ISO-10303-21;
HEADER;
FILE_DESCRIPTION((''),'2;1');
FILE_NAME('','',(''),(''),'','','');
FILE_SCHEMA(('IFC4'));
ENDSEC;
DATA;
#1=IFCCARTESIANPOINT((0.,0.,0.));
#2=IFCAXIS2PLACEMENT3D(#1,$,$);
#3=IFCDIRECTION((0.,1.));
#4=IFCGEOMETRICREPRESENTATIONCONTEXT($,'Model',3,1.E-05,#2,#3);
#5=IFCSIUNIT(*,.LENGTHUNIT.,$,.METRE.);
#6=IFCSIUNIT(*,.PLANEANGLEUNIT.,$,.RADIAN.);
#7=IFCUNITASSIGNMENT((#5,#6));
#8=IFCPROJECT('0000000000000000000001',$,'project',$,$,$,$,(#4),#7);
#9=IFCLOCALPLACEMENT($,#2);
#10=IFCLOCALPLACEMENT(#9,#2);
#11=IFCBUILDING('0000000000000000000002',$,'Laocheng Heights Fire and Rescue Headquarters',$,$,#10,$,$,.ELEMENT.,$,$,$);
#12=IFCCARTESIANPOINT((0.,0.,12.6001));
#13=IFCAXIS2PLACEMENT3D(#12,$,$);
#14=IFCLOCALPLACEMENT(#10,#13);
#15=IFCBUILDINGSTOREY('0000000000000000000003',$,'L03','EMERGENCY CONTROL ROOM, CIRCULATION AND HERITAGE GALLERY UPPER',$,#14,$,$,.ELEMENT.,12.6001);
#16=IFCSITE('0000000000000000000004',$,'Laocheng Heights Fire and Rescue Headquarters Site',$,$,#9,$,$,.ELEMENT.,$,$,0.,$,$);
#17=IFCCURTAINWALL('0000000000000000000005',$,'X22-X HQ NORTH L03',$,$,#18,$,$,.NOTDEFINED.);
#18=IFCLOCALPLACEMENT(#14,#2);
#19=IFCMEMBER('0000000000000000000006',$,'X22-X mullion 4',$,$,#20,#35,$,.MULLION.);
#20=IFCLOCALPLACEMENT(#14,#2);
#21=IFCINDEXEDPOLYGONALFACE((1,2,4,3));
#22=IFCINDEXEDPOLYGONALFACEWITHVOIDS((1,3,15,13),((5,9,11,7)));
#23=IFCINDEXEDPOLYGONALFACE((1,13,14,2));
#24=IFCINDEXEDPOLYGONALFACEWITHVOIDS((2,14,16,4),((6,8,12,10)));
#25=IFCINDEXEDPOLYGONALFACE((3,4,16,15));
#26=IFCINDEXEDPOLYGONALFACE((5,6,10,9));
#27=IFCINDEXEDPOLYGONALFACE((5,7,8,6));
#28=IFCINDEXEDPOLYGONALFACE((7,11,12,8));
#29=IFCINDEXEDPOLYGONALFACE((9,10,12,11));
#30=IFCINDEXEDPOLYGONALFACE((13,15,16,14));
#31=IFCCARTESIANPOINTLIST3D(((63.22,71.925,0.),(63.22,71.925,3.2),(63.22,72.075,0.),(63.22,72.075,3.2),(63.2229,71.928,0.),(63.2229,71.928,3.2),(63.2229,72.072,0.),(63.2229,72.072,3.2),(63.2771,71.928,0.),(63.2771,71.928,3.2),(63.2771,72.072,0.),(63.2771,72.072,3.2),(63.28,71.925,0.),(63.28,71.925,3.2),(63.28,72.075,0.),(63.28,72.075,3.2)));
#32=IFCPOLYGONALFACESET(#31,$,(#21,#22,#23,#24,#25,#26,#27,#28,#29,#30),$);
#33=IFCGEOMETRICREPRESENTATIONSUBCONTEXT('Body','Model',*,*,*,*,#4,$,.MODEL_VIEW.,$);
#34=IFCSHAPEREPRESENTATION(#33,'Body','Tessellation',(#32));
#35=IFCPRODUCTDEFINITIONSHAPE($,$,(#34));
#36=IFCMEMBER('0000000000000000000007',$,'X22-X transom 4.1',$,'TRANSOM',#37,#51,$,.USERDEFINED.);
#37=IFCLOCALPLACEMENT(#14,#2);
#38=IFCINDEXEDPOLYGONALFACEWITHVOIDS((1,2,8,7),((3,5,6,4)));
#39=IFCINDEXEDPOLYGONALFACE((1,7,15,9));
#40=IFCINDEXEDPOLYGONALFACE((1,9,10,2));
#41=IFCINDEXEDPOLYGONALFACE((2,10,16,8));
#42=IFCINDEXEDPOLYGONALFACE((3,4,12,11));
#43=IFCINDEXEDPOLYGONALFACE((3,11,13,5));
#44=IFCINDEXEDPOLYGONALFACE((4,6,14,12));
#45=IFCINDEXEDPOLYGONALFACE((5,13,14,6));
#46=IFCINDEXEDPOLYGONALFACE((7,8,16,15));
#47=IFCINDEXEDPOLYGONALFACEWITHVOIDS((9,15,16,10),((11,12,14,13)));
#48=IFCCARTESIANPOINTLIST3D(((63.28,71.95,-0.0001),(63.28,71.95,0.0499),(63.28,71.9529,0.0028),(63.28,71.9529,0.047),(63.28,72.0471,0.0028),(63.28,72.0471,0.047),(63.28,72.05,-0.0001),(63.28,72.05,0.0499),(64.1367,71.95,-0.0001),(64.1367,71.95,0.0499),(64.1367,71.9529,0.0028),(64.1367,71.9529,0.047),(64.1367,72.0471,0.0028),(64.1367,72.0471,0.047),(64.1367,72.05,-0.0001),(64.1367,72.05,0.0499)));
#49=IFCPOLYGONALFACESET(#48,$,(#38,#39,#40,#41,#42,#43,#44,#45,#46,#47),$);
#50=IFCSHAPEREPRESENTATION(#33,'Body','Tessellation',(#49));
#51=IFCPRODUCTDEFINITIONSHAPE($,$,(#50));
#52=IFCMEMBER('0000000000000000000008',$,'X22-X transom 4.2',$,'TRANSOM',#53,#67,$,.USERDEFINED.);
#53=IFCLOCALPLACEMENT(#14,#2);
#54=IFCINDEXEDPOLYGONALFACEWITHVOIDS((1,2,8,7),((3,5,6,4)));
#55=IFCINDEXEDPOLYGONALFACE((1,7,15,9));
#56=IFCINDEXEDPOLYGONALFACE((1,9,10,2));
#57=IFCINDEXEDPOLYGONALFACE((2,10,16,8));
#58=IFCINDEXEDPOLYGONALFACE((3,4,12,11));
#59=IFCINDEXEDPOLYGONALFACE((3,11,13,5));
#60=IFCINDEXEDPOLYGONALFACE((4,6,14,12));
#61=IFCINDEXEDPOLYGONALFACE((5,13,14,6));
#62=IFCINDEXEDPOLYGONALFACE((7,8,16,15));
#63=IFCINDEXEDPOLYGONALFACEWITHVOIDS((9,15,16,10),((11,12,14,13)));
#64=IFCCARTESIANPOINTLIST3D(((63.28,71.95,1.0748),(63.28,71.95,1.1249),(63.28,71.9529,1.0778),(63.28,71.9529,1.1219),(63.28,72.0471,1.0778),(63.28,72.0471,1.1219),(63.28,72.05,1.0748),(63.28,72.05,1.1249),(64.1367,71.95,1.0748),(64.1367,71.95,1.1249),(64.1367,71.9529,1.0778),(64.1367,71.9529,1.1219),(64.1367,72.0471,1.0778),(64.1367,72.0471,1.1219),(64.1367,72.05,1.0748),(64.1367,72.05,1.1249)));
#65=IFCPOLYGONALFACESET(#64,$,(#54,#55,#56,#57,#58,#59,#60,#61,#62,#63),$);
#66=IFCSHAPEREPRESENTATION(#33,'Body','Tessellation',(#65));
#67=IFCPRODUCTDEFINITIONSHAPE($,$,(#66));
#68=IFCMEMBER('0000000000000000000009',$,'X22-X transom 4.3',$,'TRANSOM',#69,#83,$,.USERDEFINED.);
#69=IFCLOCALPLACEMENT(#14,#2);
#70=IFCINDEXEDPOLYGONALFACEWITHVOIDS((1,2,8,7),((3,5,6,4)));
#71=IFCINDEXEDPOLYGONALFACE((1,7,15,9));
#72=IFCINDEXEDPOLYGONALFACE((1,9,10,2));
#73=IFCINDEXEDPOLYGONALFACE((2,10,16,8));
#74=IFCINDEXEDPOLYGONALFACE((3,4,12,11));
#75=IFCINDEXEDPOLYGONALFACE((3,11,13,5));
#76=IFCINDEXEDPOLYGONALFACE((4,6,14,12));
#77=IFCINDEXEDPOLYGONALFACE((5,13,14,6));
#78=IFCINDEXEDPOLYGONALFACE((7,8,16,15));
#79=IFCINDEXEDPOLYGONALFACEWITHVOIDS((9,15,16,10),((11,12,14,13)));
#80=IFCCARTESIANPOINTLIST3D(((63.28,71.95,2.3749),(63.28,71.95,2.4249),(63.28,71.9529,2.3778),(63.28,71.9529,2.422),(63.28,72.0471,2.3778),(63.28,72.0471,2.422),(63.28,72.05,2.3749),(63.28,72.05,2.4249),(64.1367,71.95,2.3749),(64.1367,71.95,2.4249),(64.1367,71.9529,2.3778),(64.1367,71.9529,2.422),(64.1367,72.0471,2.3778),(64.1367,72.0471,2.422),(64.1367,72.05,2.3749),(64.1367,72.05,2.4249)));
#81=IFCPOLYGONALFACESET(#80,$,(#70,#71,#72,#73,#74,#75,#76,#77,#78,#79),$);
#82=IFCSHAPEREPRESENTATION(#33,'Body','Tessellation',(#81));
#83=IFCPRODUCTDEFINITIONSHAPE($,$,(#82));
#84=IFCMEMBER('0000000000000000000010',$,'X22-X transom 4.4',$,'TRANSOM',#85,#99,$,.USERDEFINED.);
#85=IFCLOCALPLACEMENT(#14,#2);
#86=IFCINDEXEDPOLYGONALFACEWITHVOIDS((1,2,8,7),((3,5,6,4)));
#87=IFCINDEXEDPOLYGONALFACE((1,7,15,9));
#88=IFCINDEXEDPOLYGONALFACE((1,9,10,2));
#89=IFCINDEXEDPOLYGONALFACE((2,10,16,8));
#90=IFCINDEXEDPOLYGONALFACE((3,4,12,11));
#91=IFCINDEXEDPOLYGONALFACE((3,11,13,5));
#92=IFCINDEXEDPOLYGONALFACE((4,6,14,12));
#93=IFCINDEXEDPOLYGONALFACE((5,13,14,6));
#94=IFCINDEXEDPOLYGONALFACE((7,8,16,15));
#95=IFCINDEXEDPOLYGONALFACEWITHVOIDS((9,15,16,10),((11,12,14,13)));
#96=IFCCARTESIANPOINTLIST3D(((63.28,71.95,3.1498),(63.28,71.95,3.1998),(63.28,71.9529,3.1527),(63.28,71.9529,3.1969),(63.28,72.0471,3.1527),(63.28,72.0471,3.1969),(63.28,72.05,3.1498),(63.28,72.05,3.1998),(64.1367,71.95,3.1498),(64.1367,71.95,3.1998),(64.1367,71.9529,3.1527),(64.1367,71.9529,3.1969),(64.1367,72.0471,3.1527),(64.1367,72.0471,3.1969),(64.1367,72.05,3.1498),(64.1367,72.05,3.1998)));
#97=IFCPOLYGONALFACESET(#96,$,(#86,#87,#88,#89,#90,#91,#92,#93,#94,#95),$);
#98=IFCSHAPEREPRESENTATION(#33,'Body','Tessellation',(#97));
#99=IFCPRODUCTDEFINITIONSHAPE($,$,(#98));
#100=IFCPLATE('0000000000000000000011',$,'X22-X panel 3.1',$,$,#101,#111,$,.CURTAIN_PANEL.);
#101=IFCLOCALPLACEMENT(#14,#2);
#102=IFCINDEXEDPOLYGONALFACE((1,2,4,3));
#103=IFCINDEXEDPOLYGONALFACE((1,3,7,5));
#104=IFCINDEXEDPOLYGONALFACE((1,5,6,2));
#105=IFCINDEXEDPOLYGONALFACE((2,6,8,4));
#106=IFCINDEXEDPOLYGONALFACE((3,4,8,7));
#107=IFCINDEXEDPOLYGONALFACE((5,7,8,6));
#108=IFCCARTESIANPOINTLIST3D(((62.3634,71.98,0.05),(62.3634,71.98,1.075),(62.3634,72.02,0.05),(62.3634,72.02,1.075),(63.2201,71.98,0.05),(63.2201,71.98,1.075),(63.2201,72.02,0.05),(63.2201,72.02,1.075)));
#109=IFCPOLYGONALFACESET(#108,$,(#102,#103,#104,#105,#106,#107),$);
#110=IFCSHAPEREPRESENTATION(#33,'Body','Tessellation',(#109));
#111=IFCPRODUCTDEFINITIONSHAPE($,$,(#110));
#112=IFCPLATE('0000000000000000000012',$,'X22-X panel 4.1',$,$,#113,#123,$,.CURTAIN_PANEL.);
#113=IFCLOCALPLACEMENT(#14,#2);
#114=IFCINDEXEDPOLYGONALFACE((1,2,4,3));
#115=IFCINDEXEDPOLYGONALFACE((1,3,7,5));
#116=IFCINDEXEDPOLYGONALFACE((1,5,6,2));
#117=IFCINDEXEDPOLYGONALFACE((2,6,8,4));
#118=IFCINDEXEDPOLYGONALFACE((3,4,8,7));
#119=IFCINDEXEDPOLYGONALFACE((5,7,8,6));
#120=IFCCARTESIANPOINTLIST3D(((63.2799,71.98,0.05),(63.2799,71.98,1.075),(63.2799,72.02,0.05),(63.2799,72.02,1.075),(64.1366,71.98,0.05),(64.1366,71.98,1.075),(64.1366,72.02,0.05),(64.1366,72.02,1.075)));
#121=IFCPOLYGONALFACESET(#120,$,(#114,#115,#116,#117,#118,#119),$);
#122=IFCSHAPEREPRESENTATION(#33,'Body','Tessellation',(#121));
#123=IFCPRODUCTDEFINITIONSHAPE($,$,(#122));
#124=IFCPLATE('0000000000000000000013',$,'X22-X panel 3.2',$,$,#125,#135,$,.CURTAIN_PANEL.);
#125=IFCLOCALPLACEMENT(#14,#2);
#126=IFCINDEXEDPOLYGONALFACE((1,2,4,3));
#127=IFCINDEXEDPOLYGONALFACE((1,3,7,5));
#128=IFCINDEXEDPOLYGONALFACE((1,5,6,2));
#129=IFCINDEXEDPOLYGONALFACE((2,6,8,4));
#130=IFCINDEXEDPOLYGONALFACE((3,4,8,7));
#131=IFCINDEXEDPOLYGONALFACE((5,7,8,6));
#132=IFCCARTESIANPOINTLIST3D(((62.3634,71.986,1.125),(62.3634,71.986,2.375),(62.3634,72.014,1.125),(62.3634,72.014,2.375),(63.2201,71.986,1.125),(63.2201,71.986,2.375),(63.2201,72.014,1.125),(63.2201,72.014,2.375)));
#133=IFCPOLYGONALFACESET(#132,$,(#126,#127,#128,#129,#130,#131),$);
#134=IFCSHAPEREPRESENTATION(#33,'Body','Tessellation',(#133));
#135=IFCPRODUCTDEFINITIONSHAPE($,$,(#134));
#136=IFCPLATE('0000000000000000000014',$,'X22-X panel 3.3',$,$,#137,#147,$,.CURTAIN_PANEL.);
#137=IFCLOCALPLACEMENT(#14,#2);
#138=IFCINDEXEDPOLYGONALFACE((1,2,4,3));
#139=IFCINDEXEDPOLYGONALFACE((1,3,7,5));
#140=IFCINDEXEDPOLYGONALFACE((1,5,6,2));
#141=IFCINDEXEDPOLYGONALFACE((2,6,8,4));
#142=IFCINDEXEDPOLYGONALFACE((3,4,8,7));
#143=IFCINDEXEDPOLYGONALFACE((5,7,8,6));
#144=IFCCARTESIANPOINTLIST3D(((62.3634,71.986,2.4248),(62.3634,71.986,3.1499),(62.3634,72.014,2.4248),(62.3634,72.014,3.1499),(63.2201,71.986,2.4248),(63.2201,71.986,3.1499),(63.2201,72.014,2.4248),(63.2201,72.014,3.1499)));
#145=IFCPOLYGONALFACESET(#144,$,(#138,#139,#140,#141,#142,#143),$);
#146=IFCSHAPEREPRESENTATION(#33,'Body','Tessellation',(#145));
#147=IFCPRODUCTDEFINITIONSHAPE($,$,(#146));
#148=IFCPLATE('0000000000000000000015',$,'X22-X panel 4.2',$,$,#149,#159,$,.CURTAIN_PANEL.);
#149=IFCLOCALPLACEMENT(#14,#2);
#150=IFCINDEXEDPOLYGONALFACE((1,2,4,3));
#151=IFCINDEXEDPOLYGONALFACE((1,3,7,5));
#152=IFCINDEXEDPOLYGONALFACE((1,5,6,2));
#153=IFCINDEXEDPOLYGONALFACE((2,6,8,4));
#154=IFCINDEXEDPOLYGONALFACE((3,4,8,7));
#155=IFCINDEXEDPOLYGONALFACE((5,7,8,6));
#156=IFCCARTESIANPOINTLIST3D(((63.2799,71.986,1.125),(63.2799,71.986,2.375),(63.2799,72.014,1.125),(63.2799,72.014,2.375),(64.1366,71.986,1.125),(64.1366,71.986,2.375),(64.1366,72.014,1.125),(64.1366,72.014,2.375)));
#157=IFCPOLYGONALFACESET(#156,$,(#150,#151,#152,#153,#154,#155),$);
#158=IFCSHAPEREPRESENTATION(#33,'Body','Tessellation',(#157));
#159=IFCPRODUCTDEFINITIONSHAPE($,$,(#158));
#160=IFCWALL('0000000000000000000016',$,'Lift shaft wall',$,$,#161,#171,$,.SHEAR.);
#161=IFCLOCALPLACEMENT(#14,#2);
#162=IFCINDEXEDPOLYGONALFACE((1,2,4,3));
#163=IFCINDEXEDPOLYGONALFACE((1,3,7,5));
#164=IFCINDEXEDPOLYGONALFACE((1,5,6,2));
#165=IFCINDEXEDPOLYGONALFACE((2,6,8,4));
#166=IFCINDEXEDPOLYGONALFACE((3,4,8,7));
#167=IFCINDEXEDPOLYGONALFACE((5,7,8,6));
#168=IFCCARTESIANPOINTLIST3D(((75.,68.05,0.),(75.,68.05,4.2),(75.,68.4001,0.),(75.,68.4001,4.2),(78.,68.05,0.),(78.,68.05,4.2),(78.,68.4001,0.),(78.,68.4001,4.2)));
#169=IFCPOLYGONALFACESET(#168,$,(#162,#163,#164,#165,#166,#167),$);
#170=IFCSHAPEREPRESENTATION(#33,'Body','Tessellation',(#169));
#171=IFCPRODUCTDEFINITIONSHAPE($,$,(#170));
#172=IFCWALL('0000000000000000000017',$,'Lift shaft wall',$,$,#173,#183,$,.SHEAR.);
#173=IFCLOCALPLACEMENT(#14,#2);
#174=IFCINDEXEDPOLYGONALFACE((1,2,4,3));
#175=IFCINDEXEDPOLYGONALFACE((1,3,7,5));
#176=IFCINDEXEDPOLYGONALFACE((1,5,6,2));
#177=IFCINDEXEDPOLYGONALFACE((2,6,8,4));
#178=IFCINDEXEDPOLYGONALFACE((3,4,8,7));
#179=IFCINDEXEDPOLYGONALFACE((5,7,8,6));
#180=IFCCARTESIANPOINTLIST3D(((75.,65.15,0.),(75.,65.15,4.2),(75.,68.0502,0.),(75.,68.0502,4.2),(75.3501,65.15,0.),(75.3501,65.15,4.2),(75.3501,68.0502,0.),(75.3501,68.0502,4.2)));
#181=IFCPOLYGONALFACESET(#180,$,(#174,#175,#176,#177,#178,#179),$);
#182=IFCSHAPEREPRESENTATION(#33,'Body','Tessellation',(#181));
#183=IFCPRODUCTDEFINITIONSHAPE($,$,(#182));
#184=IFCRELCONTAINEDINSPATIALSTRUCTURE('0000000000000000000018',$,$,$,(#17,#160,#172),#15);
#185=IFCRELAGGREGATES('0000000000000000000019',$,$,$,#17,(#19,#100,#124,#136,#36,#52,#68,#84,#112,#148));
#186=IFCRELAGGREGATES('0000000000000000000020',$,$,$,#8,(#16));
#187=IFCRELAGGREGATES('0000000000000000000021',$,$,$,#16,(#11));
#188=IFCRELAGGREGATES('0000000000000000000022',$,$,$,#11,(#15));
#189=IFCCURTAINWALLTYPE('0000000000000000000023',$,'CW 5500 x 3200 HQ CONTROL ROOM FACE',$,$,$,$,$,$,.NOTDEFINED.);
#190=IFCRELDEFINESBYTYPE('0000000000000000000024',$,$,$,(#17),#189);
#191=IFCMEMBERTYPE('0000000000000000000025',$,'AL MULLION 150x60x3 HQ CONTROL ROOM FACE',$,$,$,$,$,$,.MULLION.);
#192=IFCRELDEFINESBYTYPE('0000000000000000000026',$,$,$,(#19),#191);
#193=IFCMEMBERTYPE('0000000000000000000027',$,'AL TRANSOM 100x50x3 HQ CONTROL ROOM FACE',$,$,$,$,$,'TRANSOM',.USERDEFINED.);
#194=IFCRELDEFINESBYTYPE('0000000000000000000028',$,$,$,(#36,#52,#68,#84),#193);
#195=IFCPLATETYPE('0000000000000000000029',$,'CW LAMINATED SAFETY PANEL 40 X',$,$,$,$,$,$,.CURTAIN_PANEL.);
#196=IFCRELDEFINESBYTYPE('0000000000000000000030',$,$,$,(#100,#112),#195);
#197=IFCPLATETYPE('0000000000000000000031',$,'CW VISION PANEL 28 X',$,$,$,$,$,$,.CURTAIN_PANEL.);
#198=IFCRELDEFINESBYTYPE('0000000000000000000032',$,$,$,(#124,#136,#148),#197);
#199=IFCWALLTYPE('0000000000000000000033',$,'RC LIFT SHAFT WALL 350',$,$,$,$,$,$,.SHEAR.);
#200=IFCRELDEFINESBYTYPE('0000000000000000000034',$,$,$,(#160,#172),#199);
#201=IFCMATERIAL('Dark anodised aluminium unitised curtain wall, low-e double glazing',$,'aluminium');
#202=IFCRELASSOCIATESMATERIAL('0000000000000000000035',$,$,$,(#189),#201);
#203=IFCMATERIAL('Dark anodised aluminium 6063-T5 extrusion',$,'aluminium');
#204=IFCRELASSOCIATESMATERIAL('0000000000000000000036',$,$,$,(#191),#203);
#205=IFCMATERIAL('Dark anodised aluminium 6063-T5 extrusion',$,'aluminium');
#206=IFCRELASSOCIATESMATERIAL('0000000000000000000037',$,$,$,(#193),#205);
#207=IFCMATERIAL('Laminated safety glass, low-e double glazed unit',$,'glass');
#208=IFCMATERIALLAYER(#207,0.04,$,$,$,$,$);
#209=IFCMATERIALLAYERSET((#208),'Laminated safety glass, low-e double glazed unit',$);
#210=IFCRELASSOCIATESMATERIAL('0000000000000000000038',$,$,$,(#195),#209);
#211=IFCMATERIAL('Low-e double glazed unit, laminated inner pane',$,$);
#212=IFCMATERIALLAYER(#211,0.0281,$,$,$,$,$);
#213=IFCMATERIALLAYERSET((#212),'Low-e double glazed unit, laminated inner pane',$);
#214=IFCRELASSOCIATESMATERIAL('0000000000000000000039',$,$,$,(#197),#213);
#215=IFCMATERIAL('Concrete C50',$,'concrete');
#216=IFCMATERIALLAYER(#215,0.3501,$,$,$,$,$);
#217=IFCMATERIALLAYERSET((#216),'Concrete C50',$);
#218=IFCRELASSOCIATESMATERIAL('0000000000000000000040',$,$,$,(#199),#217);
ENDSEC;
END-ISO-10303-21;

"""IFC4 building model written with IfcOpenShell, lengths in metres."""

from ifc_helpers import new_model, si_unit, direction, frame, frame_2d, origin, origin_2d, place, context, subcontext, project, spatial, rectangle, hollow_rectangle, extrude, material, layer, layer_set, material_profile, profile_set, type_object, element, aggregate, save


model = new_model("IFC4")

# Units and contexts
model_context = context("Model", 3, precision=1e-05, world=origin(), true_north=direction((0.0, 1.0)))
body_context = subcontext(model_context, "Body", "Model", "MODEL_VIEW")
ifc_project = project(units=[si_unit("LENGTHUNIT", "METRE"), si_unit("PLANEANGLEUNIT", "RADIAN")], contexts=[model_context])

# Site, building, storey
site_placement = place(None, origin())
site = spatial("IfcSite", under=ifc_project, at=site_placement, Name="Laocheng Heights Fire and Rescue Headquarters Site", CompositionType="ELEMENT", RefElevation=0.0)
building_placement = place(site_placement, origin())
building = spatial("IfcBuilding", under=site, at=building_placement, Name="Laocheng Heights Fire and Rescue Headquarters", CompositionType="ELEMENT")
storey_placement = place(building_placement, frame((0.0, 0.0, 12.6001)))
storey = spatial("IfcBuildingStorey", under=building, at=storey_placement, Name="L03", Description="EMERGENCY CONTROL ROOM, CIRCULATION AND HERITAGE GALLERY UPPER", CompositionType="ELEMENT", Elevation=12.6001)

# Curtain wall, members, plates
ifc_material_1 = material(Name="Dark anodised aluminium unitised curtain wall, low-e double glazing", Category="aluminium")
curtain_wall_type = type_object("IfcCurtainWallType", Name="CW 5500 x 3200 HQ CONTROL ROOM FACE", PredefinedType="NOTDEFINED", material=ifc_material_1)
curtain_wall_placement = place(storey_placement, origin())
curtain_wall = element("IfcCurtainWall", 1, at=curtain_wall_placement, inside=storey, type_object=curtain_wall_type, Name="X22-X HQ NORTH L03", PredefinedType="NOTDEFINED")
ifc_material_2 = material(Name="Dark anodised aluminium 6063-T5 extrusion", Category="aluminium")
ifc_material_profile_1 = material_profile(ifc_material_2, hollow_rectangle(XDim=0.1499, YDim=0.0601, WallThickness=0.0029, at=origin_2d()), Name="AL MULLION 150x60x3 HQ CONTROL ROOM FACE")
ifc_profile_set_1 = profile_set([ifc_material_profile_1], Name="Dark anodised aluminium 6063-T5 extrusion")
member_type_1 = type_object("IfcMemberType", Name="AL MULLION 150x60x3 HQ CONTROL ROOM FACE", PredefinedType="MULLION", material=ifc_profile_set_1)
member_1_placement = place(storey_placement, frame((63.25, 72.0, 0.0), z_axis=(0.0, 0.0, 1.0), x_axis=(0.0, 1.0, 0.0)))
member_1 = element("IfcMember", 2, at=member_1_placement, type_object=member_type_1, Name="X22-X mullion 4", PredefinedType="MULLION", context=body_context, shape_type="SweptSolid", body=[
    extrude(hollow_rectangle(XDim=0.1499, YDim=0.0601, WallThickness=0.0029, at=origin_2d()), origin(), (0.0, 0.0, 1.0), 3.2),
])
ifc_material_3 = material(Name="Dark anodised aluminium 6063-T5 extrusion", Category="aluminium")
ifc_material_profile_2 = material_profile(ifc_material_3, hollow_rectangle(XDim=0.1001, YDim=0.05, WallThickness=0.0029, at=origin_2d()), Name="AL TRANSOM 100x50x3 HQ CONTROL ROOM FACE")
ifc_profile_set_2 = profile_set([ifc_material_profile_2], Name="Dark anodised aluminium 6063-T5 extrusion")
member_type_2 = type_object("IfcMemberType", Name="AL TRANSOM 100x50x3 HQ CONTROL ROOM FACE", ElementType="TRANSOM", PredefinedType="USERDEFINED", material=ifc_profile_set_2)
member_2_placement = place(storey_placement, frame((63.28, 72.0, 0.0249), z_axis=(1.0, 0.0, 0.0), x_axis=(0.0, 1.0, 0.0)))
member_2 = element("IfcMember", 3, at=member_2_placement, type_object=member_type_2, Name="X22-X transom 4.1", ObjectType="TRANSOM", PredefinedType="USERDEFINED", context=body_context, shape_type="SweptSolid", body=[
    extrude(hollow_rectangle(XDim=0.1001, YDim=0.05, WallThickness=0.0029, at=origin_2d()), origin(), (0.0, 0.0, 1.0), 0.8567),
])
member_3_placement = place(storey_placement, frame((63.28, 72.0, 1.0999), z_axis=(1.0, 0.0, 0.0), x_axis=(0.0, 1.0, 0.0)))
member_3 = element("IfcMember", 4, at=member_3_placement, type_object=member_type_2, Name="X22-X transom 4.2", ObjectType="TRANSOM", PredefinedType="USERDEFINED", context=body_context, shape_type="SweptSolid", body=[
    extrude(hollow_rectangle(XDim=0.1001, YDim=0.05, WallThickness=0.0029, at=origin_2d()), origin(), (0.0, 0.0, 1.0), 0.8567),
])
member_4_placement = place(storey_placement, frame((63.28, 72.0, 2.3999), z_axis=(1.0, 0.0, 0.0), x_axis=(0.0, 1.0, 0.0)))
member_4 = element("IfcMember", 5, at=member_4_placement, type_object=member_type_2, Name="X22-X transom 4.3", ObjectType="TRANSOM", PredefinedType="USERDEFINED", context=body_context, shape_type="SweptSolid", body=[
    extrude(hollow_rectangle(XDim=0.1001, YDim=0.05, WallThickness=0.0029, at=origin_2d()), origin(), (0.0, 0.0, 1.0), 0.8567),
])
member_5_placement = place(storey_placement, frame((63.28, 72.0, 3.1748), z_axis=(1.0, 0.0, 0.0), x_axis=(0.0, 1.0, 0.0)))
member_5 = element("IfcMember", 6, at=member_5_placement, type_object=member_type_2, Name="X22-X transom 4.4", ObjectType="TRANSOM", PredefinedType="USERDEFINED", context=body_context, shape_type="SweptSolid", body=[
    extrude(hollow_rectangle(XDim=0.1001, YDim=0.05, WallThickness=0.0029, at=origin_2d()), origin(), (0.0, 0.0, 1.0), 0.8567),
])
ifc_material_4 = material(Name="Laminated safety glass, low-e double glazed unit", Category="glass")
ifc_layer_1 = layer(ifc_material_4, 0.04)
ifc_layer_set_1 = layer_set([ifc_layer_1], Name="Laminated safety glass, low-e double glazed unit")
plate_type_1 = type_object("IfcPlateType", Name="CW LAMINATED SAFETY PANEL 40 X", PredefinedType="CURTAIN_PANEL", material=ifc_layer_set_1)
plate_1_placement = place(storey_placement, frame((62.7917, 72.0, 0.05), z_axis=(0.0, 0.0, 1.0), x_axis=(1.0, 0.0, 0.0)))
plate_1 = element("IfcPlate", 7, at=plate_1_placement, type_object=plate_type_1, Name="X22-X panel 3.1", PredefinedType="CURTAIN_PANEL", context=body_context, shape_type="SweptSolid", body=[
    extrude(rectangle(XDim=0.8567, YDim=0.04, at=origin_2d()), origin(), (0.0, 0.0, 1.0), 1.0249),
])
plate_2_placement = place(storey_placement, frame((63.7083, 72.0, 0.05), z_axis=(0.0, 0.0, 1.0), x_axis=(1.0, 0.0, 0.0)))
plate_2 = element("IfcPlate", 8, at=plate_2_placement, type_object=plate_type_1, Name="X22-X panel 4.1", PredefinedType="CURTAIN_PANEL", context=body_context, shape_type="SweptSolid", body=[
    extrude(rectangle(XDim=0.8567, YDim=0.04, at=origin_2d()), origin(), (0.0, 0.0, 1.0), 1.0249),
])
ifc_material_5 = material(Name="Low-e double glazed unit, laminated inner pane")
ifc_layer_2 = layer(ifc_material_5, 0.0281)
ifc_layer_set_2 = layer_set([ifc_layer_2], Name="Low-e double glazed unit, laminated inner pane")
plate_type_2 = type_object("IfcPlateType", Name="CW VISION PANEL 28 X", PredefinedType="CURTAIN_PANEL", material=ifc_layer_set_2)
plate_3_placement = place(storey_placement, frame((62.7917, 72.0, 1.125), z_axis=(0.0, 0.0, 1.0), x_axis=(1.0, 0.0, 0.0)))
plate_3 = element("IfcPlate", 9, at=plate_3_placement, type_object=plate_type_2, Name="X22-X panel 3.2", PredefinedType="CURTAIN_PANEL", context=body_context, shape_type="SweptSolid", body=[
    extrude(rectangle(XDim=0.8567, YDim=0.0281, at=origin_2d()), origin(), (0.0, 0.0, 1.0), 1.25),
])
plate_4_placement = place(storey_placement, frame((62.7917, 72.0, 2.4248), z_axis=(0.0, 0.0, 1.0), x_axis=(1.0, 0.0, 0.0)))
plate_4 = element("IfcPlate", 10, at=plate_4_placement, type_object=plate_type_2, Name="X22-X panel 3.3", PredefinedType="CURTAIN_PANEL", context=body_context, shape_type="SweptSolid", body=[
    extrude(rectangle(XDim=0.8567, YDim=0.0281, at=origin_2d()), origin(), (0.0, 0.0, 1.0), 0.7251),
])
plate_5_placement = place(storey_placement, frame((63.7083, 72.0, 1.125), z_axis=(0.0, 0.0, 1.0), x_axis=(1.0, 0.0, 0.0)))
plate_5 = element("IfcPlate", 11, at=plate_5_placement, type_object=plate_type_2, Name="X22-X panel 4.2", PredefinedType="CURTAIN_PANEL", context=body_context, shape_type="SweptSolid", body=[
    extrude(rectangle(XDim=0.8567, YDim=0.0281, at=origin_2d()), origin(), (0.0, 0.0, 1.0), 1.25),
])
aggregate(curtain_wall, [member_1, plate_1, plate_3, plate_4, member_2, member_3, member_4, member_5, plate_2, plate_5])

# Walls
ifc_material_6 = material(Name="Concrete C50", Category="concrete")
ifc_layer_3 = layer(ifc_material_6, 0.3501)
ifc_layer_set_3 = layer_set([ifc_layer_3], Name="Concrete C50")
wall_type_1 = type_object("IfcWallType", Name="RC LIFT SHAFT WALL 350", PredefinedType="SHEAR", material=ifc_layer_set_3)
wall_1_placement = place(storey_placement, frame((75.0, 68.2251, 0.0), z_axis=(0.0, 0.0, 1.0), x_axis=(1.0, 0.0, 0.0)))
element("IfcWall", 12, at=wall_1_placement, inside=storey, type_object=wall_type_1, Name="Lift shaft wall", PredefinedType="SHEAR", context=body_context, shape_type="SweptSolid", body=[
    extrude(rectangle(XDim=3.0, YDim=0.3501, at=frame_2d((1.5, 0.0))), origin(), (0.0, 0.0, 1.0), 4.2),
])
wall_2_placement = place(storey_placement, frame((75.175, 65.1499, 0.0), z_axis=(0.0, 0.0, 1.0), x_axis=(0.0, 1.0, 0.0)))
element("IfcWall", 13, at=wall_2_placement, inside=storey, type_object=wall_type_1, Name="Lift shaft wall", PredefinedType="SHEAR", context=body_context, shape_type="SweptSolid", body=[
    extrude(rectangle(XDim=2.9001, YDim=0.3501, at=frame_2d((1.4502, 0.0))), origin(), (0.0, 0.0, 1.0), 4.2),
])

save(model, "model.ifc")
